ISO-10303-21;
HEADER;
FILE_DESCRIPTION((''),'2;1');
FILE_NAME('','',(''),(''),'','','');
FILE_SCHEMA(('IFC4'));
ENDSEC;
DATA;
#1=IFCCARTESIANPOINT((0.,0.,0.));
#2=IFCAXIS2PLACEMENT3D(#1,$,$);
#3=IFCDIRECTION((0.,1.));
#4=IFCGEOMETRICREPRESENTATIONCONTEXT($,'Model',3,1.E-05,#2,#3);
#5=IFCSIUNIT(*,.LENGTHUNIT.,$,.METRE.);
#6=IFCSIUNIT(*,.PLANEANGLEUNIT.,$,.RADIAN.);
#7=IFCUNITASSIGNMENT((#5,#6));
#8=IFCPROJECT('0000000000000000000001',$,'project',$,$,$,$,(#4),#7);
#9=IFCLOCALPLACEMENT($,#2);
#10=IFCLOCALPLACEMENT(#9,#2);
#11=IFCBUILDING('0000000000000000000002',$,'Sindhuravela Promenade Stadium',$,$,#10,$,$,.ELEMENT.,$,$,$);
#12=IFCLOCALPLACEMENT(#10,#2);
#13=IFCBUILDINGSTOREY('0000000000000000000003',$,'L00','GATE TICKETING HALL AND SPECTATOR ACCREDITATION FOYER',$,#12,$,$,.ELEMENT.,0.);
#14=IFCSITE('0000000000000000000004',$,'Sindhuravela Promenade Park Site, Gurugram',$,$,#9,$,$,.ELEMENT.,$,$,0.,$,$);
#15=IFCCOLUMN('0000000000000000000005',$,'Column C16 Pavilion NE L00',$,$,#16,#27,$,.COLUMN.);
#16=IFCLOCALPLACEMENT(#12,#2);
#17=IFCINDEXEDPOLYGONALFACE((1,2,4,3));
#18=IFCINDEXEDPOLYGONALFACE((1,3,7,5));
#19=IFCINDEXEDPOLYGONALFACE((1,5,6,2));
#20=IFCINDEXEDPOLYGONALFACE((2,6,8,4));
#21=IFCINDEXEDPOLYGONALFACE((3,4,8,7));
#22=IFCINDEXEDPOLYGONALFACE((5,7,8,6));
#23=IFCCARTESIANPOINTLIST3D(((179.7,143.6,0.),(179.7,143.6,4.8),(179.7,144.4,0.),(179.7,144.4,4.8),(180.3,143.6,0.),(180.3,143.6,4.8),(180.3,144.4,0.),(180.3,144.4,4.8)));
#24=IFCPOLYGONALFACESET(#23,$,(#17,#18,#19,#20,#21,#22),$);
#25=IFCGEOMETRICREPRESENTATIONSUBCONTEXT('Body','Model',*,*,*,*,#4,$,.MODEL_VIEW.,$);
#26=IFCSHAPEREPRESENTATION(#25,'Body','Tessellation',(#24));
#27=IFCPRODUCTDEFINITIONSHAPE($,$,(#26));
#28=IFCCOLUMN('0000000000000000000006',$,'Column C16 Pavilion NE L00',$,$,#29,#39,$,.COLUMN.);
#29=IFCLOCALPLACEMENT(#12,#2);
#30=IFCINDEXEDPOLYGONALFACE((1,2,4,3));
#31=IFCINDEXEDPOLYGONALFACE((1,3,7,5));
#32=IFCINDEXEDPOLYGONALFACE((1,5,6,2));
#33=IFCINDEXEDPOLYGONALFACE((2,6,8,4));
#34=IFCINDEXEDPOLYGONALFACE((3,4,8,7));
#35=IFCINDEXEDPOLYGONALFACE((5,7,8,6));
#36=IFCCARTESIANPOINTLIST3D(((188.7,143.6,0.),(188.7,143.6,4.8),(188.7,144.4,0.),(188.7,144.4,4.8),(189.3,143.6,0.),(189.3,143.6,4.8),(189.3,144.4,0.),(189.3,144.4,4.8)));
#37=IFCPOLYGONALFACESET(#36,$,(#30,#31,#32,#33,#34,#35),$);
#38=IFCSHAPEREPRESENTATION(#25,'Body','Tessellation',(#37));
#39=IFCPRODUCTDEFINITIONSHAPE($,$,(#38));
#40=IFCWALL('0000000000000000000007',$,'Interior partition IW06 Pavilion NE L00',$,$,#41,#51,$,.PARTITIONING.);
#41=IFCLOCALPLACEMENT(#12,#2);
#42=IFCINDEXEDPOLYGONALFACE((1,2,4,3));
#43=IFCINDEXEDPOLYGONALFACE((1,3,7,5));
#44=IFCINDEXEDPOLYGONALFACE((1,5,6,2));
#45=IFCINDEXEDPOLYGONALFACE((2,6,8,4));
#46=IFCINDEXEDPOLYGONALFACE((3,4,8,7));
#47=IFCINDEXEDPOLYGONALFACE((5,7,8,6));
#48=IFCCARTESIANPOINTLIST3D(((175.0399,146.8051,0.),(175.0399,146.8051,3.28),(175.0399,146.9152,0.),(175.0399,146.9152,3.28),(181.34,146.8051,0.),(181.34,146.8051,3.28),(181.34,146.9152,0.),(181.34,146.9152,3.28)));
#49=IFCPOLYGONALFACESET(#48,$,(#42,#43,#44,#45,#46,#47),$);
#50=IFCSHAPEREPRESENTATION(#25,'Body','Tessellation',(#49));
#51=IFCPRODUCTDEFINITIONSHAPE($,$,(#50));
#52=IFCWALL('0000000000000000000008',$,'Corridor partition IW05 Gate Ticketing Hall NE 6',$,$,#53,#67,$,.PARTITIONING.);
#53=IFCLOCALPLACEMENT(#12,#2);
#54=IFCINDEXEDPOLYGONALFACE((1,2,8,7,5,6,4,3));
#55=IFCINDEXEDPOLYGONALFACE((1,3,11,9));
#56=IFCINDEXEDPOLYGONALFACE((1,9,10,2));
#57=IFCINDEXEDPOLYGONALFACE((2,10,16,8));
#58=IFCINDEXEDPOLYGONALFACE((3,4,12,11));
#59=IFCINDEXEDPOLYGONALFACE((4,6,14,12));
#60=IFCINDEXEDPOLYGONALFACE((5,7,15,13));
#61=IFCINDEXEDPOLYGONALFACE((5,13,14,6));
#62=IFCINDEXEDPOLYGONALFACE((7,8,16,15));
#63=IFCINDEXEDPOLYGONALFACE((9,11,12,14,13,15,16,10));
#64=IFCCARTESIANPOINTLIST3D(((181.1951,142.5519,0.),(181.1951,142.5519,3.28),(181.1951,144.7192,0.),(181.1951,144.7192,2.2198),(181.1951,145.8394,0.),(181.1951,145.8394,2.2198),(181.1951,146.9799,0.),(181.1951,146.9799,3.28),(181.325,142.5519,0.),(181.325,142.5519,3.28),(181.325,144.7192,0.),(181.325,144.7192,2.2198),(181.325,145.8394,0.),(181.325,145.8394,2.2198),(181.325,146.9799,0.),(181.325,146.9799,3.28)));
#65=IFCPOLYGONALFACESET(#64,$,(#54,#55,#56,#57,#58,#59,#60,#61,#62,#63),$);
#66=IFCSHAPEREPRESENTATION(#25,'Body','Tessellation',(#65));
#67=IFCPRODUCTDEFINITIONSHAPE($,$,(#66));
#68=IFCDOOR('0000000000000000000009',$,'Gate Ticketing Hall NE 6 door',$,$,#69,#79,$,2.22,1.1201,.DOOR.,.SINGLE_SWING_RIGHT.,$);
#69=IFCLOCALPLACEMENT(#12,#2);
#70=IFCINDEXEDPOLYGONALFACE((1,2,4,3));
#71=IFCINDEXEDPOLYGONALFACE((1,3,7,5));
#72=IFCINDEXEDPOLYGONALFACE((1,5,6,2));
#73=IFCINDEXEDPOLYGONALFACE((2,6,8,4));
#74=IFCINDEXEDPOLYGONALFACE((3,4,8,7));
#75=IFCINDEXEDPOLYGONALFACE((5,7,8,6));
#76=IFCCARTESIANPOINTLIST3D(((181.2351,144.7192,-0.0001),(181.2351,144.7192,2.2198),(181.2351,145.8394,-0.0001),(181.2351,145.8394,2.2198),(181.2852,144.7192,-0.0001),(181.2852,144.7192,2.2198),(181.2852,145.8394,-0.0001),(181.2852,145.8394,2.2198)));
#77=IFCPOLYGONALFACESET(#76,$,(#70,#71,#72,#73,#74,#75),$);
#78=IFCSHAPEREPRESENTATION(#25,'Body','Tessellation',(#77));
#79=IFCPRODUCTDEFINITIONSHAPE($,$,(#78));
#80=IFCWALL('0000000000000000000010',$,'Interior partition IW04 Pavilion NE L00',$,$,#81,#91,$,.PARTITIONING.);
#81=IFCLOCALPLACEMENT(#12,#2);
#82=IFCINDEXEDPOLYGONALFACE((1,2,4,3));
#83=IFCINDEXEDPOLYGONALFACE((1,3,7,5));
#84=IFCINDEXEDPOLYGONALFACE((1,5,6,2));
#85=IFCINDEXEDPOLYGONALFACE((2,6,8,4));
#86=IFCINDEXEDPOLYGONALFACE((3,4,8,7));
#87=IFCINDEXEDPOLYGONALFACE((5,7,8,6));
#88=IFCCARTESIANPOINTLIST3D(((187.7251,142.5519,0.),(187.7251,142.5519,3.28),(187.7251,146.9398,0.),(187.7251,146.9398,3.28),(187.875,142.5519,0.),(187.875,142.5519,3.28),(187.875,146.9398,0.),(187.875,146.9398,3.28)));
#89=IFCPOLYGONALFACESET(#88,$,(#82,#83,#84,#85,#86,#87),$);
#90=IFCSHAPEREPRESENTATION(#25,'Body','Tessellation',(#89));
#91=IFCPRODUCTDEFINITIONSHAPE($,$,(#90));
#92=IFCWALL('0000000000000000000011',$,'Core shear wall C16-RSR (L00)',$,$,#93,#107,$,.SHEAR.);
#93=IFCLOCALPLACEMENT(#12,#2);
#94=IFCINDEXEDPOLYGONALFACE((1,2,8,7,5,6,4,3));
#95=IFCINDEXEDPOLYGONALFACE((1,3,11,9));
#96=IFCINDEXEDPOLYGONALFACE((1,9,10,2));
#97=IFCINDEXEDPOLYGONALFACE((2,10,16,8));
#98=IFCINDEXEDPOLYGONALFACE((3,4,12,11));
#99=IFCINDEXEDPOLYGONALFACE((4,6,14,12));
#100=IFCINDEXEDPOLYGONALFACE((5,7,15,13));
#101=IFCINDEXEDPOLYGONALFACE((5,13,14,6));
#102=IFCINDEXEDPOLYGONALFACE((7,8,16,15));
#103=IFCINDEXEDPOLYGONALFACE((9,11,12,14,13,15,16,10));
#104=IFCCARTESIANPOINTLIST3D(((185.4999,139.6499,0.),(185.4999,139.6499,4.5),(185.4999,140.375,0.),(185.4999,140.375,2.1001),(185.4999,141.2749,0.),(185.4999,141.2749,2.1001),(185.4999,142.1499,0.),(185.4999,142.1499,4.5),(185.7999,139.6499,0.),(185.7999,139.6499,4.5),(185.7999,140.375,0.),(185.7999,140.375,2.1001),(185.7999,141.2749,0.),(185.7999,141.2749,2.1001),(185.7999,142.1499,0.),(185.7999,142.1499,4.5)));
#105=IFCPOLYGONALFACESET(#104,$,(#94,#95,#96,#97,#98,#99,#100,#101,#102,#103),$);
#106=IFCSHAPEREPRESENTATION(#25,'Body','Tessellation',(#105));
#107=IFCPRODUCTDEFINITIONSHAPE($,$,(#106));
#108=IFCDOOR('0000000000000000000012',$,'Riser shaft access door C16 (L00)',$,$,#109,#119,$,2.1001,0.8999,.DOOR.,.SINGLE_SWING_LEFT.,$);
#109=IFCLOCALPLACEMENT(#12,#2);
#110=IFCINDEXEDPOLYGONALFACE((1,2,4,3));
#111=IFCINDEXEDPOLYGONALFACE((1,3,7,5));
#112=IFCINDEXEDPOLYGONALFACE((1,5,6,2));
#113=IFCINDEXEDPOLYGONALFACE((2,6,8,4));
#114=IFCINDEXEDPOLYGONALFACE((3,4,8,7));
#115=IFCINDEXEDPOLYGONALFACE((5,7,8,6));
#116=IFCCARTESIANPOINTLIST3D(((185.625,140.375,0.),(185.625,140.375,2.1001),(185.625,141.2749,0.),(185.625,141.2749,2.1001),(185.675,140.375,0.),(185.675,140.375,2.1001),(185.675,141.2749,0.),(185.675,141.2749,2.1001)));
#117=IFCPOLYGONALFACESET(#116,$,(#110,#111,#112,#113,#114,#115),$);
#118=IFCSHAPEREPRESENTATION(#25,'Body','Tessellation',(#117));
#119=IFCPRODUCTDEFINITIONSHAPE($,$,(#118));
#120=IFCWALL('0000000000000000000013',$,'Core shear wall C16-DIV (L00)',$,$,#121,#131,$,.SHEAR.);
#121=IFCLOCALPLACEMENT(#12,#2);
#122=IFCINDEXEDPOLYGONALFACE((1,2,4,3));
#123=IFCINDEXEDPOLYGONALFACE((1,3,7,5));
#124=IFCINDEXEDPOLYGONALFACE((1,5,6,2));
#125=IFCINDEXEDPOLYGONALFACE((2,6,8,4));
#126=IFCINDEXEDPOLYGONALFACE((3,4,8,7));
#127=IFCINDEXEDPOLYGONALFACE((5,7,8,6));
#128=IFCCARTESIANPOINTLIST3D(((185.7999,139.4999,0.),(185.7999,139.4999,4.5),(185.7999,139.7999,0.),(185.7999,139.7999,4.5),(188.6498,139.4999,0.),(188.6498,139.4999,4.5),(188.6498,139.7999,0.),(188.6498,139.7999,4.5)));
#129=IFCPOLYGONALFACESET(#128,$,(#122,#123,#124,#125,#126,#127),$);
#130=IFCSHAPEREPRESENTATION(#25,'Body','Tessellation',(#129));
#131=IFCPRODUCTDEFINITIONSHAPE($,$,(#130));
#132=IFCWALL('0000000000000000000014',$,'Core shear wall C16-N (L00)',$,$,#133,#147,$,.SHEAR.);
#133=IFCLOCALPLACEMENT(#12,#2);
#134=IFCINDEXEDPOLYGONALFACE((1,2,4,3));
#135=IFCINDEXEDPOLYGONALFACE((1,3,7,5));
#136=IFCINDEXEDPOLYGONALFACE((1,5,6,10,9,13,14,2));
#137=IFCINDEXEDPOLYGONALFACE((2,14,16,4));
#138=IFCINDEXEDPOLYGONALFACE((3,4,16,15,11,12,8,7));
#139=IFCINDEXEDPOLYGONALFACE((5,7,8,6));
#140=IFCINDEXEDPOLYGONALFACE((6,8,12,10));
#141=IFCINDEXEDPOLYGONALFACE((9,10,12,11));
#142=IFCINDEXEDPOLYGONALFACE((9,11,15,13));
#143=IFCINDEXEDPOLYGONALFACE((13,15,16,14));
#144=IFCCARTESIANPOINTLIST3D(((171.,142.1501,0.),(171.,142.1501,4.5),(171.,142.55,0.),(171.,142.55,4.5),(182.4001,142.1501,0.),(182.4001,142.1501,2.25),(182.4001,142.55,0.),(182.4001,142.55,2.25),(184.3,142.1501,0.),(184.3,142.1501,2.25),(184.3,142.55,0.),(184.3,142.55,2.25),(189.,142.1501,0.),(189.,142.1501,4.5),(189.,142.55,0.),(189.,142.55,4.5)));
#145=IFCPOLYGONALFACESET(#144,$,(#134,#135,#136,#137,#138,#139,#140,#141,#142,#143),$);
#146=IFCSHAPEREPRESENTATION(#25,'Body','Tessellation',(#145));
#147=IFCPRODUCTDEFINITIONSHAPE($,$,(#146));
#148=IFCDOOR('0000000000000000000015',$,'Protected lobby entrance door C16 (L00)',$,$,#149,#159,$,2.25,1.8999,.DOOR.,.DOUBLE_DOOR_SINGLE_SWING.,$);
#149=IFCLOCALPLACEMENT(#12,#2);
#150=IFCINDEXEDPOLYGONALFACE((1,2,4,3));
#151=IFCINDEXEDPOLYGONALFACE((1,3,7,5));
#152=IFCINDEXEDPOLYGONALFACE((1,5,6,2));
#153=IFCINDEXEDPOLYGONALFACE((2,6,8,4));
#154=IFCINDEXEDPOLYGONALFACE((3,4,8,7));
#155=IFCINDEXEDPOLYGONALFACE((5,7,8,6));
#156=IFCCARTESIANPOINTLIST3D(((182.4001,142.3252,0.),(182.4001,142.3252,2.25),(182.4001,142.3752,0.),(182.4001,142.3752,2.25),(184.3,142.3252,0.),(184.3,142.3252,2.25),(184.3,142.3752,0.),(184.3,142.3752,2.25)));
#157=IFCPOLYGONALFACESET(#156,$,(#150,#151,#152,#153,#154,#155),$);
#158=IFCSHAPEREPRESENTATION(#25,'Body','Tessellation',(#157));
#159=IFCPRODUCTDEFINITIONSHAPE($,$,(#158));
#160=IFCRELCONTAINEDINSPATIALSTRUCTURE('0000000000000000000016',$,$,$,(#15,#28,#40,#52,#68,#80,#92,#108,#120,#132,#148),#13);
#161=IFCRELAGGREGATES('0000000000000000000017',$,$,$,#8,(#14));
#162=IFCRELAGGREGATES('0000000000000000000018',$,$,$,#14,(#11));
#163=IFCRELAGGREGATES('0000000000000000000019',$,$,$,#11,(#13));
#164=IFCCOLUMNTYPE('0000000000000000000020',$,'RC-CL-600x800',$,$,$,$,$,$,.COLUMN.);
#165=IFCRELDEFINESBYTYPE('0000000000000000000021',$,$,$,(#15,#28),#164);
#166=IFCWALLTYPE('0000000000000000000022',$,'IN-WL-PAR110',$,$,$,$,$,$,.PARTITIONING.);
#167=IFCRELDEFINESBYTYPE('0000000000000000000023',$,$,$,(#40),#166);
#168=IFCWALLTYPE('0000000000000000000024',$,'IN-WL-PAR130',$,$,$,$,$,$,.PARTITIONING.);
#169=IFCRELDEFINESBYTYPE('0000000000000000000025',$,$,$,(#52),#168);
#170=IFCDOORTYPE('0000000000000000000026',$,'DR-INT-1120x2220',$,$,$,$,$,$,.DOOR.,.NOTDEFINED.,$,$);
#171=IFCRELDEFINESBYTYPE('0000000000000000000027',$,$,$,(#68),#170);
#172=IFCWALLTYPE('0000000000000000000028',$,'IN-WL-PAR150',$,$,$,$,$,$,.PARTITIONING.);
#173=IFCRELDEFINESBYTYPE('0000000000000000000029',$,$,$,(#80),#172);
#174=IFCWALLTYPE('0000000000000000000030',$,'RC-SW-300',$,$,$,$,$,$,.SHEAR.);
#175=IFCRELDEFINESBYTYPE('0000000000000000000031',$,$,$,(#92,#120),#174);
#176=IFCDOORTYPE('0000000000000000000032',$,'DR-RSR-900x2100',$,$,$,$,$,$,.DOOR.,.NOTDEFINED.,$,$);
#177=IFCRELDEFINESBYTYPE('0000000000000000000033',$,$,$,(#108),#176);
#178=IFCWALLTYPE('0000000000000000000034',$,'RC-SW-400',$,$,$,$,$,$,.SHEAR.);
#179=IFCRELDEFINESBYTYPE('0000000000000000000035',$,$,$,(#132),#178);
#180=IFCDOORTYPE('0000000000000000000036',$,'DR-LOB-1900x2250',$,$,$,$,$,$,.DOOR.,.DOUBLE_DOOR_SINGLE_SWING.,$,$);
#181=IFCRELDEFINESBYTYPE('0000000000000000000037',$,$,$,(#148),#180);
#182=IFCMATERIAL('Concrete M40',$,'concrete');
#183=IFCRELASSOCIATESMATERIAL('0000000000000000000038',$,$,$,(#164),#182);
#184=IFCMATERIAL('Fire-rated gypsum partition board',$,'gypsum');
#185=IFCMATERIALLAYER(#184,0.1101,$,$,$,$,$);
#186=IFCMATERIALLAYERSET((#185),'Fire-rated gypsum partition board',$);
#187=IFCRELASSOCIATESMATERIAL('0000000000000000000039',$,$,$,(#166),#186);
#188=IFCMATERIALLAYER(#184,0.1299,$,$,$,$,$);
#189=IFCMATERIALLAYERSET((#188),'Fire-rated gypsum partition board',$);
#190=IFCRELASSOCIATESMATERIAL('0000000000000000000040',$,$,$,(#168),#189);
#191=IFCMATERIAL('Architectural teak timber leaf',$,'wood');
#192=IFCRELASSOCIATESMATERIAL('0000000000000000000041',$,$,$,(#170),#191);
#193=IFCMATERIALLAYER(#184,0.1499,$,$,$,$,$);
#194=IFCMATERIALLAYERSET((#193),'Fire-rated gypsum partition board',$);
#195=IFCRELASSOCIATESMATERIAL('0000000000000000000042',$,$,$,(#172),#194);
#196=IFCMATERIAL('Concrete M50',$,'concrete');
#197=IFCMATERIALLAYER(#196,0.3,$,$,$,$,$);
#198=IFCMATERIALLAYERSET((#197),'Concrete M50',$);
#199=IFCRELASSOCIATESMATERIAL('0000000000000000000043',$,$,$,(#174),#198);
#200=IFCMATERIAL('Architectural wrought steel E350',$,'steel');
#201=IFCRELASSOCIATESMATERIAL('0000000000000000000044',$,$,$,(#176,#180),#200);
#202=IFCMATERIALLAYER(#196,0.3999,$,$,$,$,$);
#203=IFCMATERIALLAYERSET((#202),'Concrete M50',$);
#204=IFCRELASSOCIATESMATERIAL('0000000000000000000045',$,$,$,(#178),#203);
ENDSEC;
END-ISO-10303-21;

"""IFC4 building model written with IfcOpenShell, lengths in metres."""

from ifc_helpers import new_model, si_unit, direction, frame, frame_2d, origin, origin_2d, place, context, subcontext, project, spatial, rectangle, extrude, material, layer, layer_set, material_profile, profile_set, type_object, element, fill, save


model = new_model("IFC4")

# Units and contexts
model_context = context("Model", 3, precision=1e-05, world=origin(), true_north=direction((0.0, 1.0)))
body_context = subcontext(model_context, "Body", "Model", "MODEL_VIEW")
ifc_project = project(units=[si_unit("LENGTHUNIT", "METRE"), si_unit("PLANEANGLEUNIT", "RADIAN")], contexts=[model_context])

# Site, building, storey
site_placement = place(None, origin())
site = spatial("IfcSite", under=ifc_project, at=site_placement, Name="Sindhuravela Promenade Park Site, Gurugram", CompositionType="ELEMENT", RefElevation=0.0)
building_placement = place(site_placement, origin())
building = spatial("IfcBuilding", under=site, at=building_placement, Name="Sindhuravela Promenade Stadium", CompositionType="ELEMENT")
storey_placement = place(building_placement, origin())
storey = spatial("IfcBuildingStorey", under=building, at=storey_placement, Name="L00", Description="GATE TICKETING HALL AND SPECTATOR ACCREDITATION FOYER", CompositionType="ELEMENT", Elevation=0.0)

# Shared definitions
ifc_material_1 = material(Name="Concrete M50", Category="concrete")

# Shared definitions
ifc_material_2 = material(Name="Concrete M40", Category="concrete")

# Columns
ifc_material_profile_1 = material_profile(ifc_material_2, rectangle(XDim=0.6001, YDim=0.8, at=origin_2d()), Name="RC 600x800")
ifc_profile_set_1 = profile_set([ifc_material_profile_1], Name="Concrete M40")
column_type = type_object("IfcColumnType", Name="RC-CL-600x800", PredefinedType="COLUMN", material=ifc_profile_set_1)
for number, where, z_axis, x_axis, name in (
    (1, (180.0, 144.0, 0.0), (0.0, 0.0, 1.0), (1.0, 0.0, 0.0), "Column C16 Pavilion NE L00"),
    (2, (189.0, 144.0, 0.0), (0.0, 0.0, 1.0), (1.0, 0.0, 0.0), "Column C16 Pavilion NE L00"),
):
    element("IfcColumn", number, at=place(storey_placement, frame(where, z_axis=z_axis, x_axis=x_axis)), inside=storey, type_object=column_type, Name=name, PredefinedType="COLUMN", context=body_context, shape_type="SweptSolid", body=[
        extrude(rectangle(XDim=0.6001, YDim=0.8, at=origin_2d()), origin(), (0.0, 0.0, 1.0), 4.8),
    ])

# Wall
ifc_material_3 = material(Name="Fire-rated gypsum partition board", Category="gypsum")
ifc_layer_1 = layer(ifc_material_3, 0.1101)
ifc_layer_set_1 = layer_set([ifc_layer_1], Name="Fire-rated gypsum partition board")
wall_type_1 = type_object("IfcWallType", Name="IN-WL-PAR110", PredefinedType="PARTITIONING", material=ifc_layer_set_1)
wall_1_placement = place(storey_placement, frame((175.04, 146.8601, 0.0), z_axis=(0.0, 0.0, 1.0), x_axis=(1.0, 0.0, 0.0)))
element("IfcWall", 3, at=wall_1_placement, inside=storey, type_object=wall_type_1, Name="Interior partition IW06 Pavilion NE L00", PredefinedType="PARTITIONING", context=body_context, shape_type="SweptSolid", body=[
    extrude(rectangle(XDim=6.3, YDim=0.1101, at=frame_2d((3.1499, 0.0))), origin(), (0.0, 0.0, 1.0), 3.28),
])

# Wall, opening, door
ifc_layer_2 = layer(ifc_material_3, 0.1299)
ifc_layer_set_2 = layer_set([ifc_layer_2], Name="Fire-rated gypsum partition board")
wall_type_2 = type_object("IfcWallType", Name="IN-WL-PAR130", PredefinedType="PARTITIONING", material=ifc_layer_set_2)
wall_2_placement = place(storey_placement, frame((181.26, 142.552, 0.0), z_axis=(0.0, 0.0, 1.0), x_axis=(0.0, 1.0, 0.0)))
wall_2 = element("IfcWall", 4, at=wall_2_placement, inside=storey, type_object=wall_type_2, Name="Corridor partition IW05 Gate Ticketing Hall NE 6", PredefinedType="PARTITIONING", context=body_context, shape_type="SweptSolid", body=[
    extrude(rectangle(XDim=4.428, YDim=0.1299, at=frame_2d((2.2139, 0.0))), origin(), (0.0, 0.0, 1.0), 3.28),
])
opening_1_placement = place(wall_2_placement, frame((2.1672, 0.0, 0.0)))
opening_1 = element("IfcOpeningElement", 5, at=opening_1_placement, cuts=wall_2, PredefinedType="OPENING", context=body_context, shape_type="SweptSolid", body=[
    extrude(rectangle(XDim=1.1201, YDim=2.22, at=frame_2d((0.5601, 1.1099))), frame((0.0, 0.075, 0.0), z_axis=(0.0, -1.0, 0.0), x_axis=(1.0, 0.0, 0.0)), (0.0, 0.0, 1.0), 0.1499),
])
ifc_material_4 = material(Name="Architectural teak timber leaf", Category="wood")
door_type_1 = type_object("IfcDoorType", Name="DR-INT-1120x2220", OperationType="NOTDEFINED", PredefinedType="DOOR", material=ifc_material_4)
door_1_placement = place(opening_1_placement, origin())
door_1 = element("IfcDoor", 6, at=door_1_placement, inside=storey, type_object=door_type_1, Name="Gate Ticketing Hall NE 6 door", OperationType="SINGLE_SWING_RIGHT", OverallHeight=2.22, OverallWidth=1.1201, PredefinedType="DOOR", context=body_context, shape_type="SweptSolid", body=[
    extrude(rectangle(XDim=1.1201, YDim=2.22, at=frame_2d((0.5601, 1.1099))), frame((0.0, 0.0249, 0.0), z_axis=(0.0, -1.0, 0.0), x_axis=(1.0, 0.0, 0.0)), (0.0, 0.0, 1.0), 0.05),
])
fill(opening_1, door_1)

# Wall
ifc_layer_3 = layer(ifc_material_3, 0.1499)
ifc_layer_set_3 = layer_set([ifc_layer_3], Name="Fire-rated gypsum partition board")
wall_type_3 = type_object("IfcWallType", Name="IN-WL-PAR150", PredefinedType="PARTITIONING", material=ifc_layer_set_3)
wall_3_placement = place(storey_placement, frame((187.8, 142.552, 0.0), z_axis=(0.0, 0.0, 1.0), x_axis=(0.0, 1.0, 0.0)))
element("IfcWall", 7, at=wall_3_placement, inside=storey, type_object=wall_type_3, Name="Interior partition IW04 Pavilion NE L00", PredefinedType="PARTITIONING", context=body_context, shape_type="SweptSolid", body=[
    extrude(rectangle(XDim=4.3879, YDim=0.1499, at=frame_2d((2.1938, 0.0))), origin(), (0.0, 0.0, 1.0), 3.28),
])

# Wall, opening, door
ifc_layer_4 = layer(ifc_material_1, 0.3)
ifc_layer_set_4 = layer_set([ifc_layer_4], Name="Concrete M50")
wall_type_4 = type_object("IfcWallType", Name="RC-SW-300", PredefinedType="SHEAR", material=ifc_layer_set_4)
wall_4_placement = place(storey_placement, frame((185.6499, 139.6499, 0.0), z_axis=(0.0, 0.0, 1.0), x_axis=(0.0, 1.0, 0.0)))
wall_4 = element("IfcWall", 8, at=wall_4_placement, inside=storey, type_object=wall_type_4, Name="Core shear wall C16-RSR (L00)", PredefinedType="SHEAR", context=body_context, shape_type="SweptSolid", body=[
    extrude(rectangle(XDim=2.5, YDim=0.3, at=frame_2d((1.25, 0.0))), origin(), (0.0, 0.0, 1.0), 4.5),
])
opening_2_placement = place(wall_4_placement, frame((0.7251, 0.0, 0.0)))
opening_2 = element("IfcOpeningElement", 9, at=opening_2_placement, cuts=wall_4, PredefinedType="OPENING", context=body_context, shape_type="SweptSolid", body=[
    extrude(rectangle(XDim=0.8999, YDim=2.1001, at=frame_2d((0.45, 1.05))), frame((0.0, 0.1599, 0.0), z_axis=(0.0, -1.0, 0.0), x_axis=(1.0, 0.0, 0.0)), (0.0, 0.0, 1.0), 0.3201),
])
ifc_material_5 = material(Name="Architectural wrought steel E350", Category="steel")
door_type_2 = type_object("IfcDoorType", Name="DR-RSR-900x2100", OperationType="NOTDEFINED", PredefinedType="DOOR", material=ifc_material_5)
door_2_placement = place(opening_2_placement, origin())
door_2 = element("IfcDoor", 10, at=door_2_placement, inside=storey, type_object=door_type_2, Name="Riser shaft access door C16 (L00)", OperationType="SINGLE_SWING_LEFT", OverallHeight=2.1001, OverallWidth=0.8999, PredefinedType="DOOR", context=body_context, shape_type="SweptSolid", body=[
    extrude(rectangle(XDim=0.8999, YDim=2.1001, at=frame_2d((0.45, 1.05))), frame((0.0, 0.0249, 0.0), z_axis=(0.0, -1.0, 0.0), x_axis=(1.0, 0.0, 0.0)), (0.0, 0.0, 1.0), 0.05),
])
fill(opening_2, door_2)

# Wall
wall_5_placement = place(storey_placement, frame((185.8, 139.6499, 0.0), z_axis=(0.0, 0.0, 1.0), x_axis=(1.0, 0.0, 0.0)))
element("IfcWall", 11, at=wall_5_placement, inside=storey, type_object=wall_type_4, Name="Core shear wall C16-DIV (L00)", PredefinedType="SHEAR", context=body_context, shape_type="SweptSolid", body=[
    extrude(rectangle(XDim=2.8499, YDim=0.3, at=frame_2d((1.4248, 0.0))), origin(), (0.0, 0.0, 1.0), 4.5),
])

# Wall, opening, door
ifc_layer_5 = layer(ifc_material_1, 0.3999)
ifc_layer_set_5 = layer_set([ifc_layer_5], Name="Concrete M50")
wall_type_5 = type_object("IfcWallType", Name="RC-SW-400", PredefinedType="SHEAR", material=ifc_layer_set_5)
wall_6_placement = place(storey_placement, frame((189.0, 142.3501, 0.0), z_axis=(0.0, 0.0, 1.0), x_axis=(-1.0, 0.0, 0.0)))
wall_6 = element("IfcWall", 12, at=wall_6_placement, inside=storey, type_object=wall_type_5, Name="Core shear wall C16-N (L00)", PredefinedType="SHEAR", context=body_context, shape_type="SweptSolid", body=[
    extrude(rectangle(XDim=18.0, YDim=0.3999, at=frame_2d((9.0, 0.0))), origin(), (0.0, 0.0, 1.0), 4.5),
])
opening_3_placement = place(wall_6_placement, frame((4.7, 0.0, 0.0)))
opening_3 = element("IfcOpeningElement", 13, at=opening_3_placement, cuts=wall_6, PredefinedType="OPENING", context=body_context, shape_type="SweptSolid", body=[
    extrude(rectangle(XDim=1.8999, YDim=2.25, at=frame_2d((0.95, 1.125))), frame((0.0, 0.21, 0.0), z_axis=(0.0, -1.0, 0.0), x_axis=(1.0, 0.0, 0.0)), (0.0, 0.0, 1.0), 0.4199),
])
door_type_3 = type_object("IfcDoorType", Name="DR-LOB-1900x2250", OperationType="DOUBLE_DOOR_SINGLE_SWING", PredefinedType="DOOR", material=ifc_material_5)
door_3_placement = place(opening_3_placement, origin())
door_3 = element("IfcDoor", 14, at=door_3_placement, inside=storey, type_object=door_type_3, Name="Protected lobby entrance door C16 (L00)", OperationType="DOUBLE_DOOR_SINGLE_SWING", OverallHeight=2.25, OverallWidth=1.8999, PredefinedType="DOOR", context=body_context, shape_type="SweptSolid", body=[
    extrude(rectangle(XDim=1.8999, YDim=2.25, at=frame_2d((0.95, 1.125))), frame((0.0, 0.0249, 0.0), z_axis=(0.0, -1.0, 0.0), x_axis=(1.0, 0.0, 0.0)), (0.0, 0.0, 1.0), 0.05),
])
fill(opening_3, door_3)

save(model, "model.ifc")
